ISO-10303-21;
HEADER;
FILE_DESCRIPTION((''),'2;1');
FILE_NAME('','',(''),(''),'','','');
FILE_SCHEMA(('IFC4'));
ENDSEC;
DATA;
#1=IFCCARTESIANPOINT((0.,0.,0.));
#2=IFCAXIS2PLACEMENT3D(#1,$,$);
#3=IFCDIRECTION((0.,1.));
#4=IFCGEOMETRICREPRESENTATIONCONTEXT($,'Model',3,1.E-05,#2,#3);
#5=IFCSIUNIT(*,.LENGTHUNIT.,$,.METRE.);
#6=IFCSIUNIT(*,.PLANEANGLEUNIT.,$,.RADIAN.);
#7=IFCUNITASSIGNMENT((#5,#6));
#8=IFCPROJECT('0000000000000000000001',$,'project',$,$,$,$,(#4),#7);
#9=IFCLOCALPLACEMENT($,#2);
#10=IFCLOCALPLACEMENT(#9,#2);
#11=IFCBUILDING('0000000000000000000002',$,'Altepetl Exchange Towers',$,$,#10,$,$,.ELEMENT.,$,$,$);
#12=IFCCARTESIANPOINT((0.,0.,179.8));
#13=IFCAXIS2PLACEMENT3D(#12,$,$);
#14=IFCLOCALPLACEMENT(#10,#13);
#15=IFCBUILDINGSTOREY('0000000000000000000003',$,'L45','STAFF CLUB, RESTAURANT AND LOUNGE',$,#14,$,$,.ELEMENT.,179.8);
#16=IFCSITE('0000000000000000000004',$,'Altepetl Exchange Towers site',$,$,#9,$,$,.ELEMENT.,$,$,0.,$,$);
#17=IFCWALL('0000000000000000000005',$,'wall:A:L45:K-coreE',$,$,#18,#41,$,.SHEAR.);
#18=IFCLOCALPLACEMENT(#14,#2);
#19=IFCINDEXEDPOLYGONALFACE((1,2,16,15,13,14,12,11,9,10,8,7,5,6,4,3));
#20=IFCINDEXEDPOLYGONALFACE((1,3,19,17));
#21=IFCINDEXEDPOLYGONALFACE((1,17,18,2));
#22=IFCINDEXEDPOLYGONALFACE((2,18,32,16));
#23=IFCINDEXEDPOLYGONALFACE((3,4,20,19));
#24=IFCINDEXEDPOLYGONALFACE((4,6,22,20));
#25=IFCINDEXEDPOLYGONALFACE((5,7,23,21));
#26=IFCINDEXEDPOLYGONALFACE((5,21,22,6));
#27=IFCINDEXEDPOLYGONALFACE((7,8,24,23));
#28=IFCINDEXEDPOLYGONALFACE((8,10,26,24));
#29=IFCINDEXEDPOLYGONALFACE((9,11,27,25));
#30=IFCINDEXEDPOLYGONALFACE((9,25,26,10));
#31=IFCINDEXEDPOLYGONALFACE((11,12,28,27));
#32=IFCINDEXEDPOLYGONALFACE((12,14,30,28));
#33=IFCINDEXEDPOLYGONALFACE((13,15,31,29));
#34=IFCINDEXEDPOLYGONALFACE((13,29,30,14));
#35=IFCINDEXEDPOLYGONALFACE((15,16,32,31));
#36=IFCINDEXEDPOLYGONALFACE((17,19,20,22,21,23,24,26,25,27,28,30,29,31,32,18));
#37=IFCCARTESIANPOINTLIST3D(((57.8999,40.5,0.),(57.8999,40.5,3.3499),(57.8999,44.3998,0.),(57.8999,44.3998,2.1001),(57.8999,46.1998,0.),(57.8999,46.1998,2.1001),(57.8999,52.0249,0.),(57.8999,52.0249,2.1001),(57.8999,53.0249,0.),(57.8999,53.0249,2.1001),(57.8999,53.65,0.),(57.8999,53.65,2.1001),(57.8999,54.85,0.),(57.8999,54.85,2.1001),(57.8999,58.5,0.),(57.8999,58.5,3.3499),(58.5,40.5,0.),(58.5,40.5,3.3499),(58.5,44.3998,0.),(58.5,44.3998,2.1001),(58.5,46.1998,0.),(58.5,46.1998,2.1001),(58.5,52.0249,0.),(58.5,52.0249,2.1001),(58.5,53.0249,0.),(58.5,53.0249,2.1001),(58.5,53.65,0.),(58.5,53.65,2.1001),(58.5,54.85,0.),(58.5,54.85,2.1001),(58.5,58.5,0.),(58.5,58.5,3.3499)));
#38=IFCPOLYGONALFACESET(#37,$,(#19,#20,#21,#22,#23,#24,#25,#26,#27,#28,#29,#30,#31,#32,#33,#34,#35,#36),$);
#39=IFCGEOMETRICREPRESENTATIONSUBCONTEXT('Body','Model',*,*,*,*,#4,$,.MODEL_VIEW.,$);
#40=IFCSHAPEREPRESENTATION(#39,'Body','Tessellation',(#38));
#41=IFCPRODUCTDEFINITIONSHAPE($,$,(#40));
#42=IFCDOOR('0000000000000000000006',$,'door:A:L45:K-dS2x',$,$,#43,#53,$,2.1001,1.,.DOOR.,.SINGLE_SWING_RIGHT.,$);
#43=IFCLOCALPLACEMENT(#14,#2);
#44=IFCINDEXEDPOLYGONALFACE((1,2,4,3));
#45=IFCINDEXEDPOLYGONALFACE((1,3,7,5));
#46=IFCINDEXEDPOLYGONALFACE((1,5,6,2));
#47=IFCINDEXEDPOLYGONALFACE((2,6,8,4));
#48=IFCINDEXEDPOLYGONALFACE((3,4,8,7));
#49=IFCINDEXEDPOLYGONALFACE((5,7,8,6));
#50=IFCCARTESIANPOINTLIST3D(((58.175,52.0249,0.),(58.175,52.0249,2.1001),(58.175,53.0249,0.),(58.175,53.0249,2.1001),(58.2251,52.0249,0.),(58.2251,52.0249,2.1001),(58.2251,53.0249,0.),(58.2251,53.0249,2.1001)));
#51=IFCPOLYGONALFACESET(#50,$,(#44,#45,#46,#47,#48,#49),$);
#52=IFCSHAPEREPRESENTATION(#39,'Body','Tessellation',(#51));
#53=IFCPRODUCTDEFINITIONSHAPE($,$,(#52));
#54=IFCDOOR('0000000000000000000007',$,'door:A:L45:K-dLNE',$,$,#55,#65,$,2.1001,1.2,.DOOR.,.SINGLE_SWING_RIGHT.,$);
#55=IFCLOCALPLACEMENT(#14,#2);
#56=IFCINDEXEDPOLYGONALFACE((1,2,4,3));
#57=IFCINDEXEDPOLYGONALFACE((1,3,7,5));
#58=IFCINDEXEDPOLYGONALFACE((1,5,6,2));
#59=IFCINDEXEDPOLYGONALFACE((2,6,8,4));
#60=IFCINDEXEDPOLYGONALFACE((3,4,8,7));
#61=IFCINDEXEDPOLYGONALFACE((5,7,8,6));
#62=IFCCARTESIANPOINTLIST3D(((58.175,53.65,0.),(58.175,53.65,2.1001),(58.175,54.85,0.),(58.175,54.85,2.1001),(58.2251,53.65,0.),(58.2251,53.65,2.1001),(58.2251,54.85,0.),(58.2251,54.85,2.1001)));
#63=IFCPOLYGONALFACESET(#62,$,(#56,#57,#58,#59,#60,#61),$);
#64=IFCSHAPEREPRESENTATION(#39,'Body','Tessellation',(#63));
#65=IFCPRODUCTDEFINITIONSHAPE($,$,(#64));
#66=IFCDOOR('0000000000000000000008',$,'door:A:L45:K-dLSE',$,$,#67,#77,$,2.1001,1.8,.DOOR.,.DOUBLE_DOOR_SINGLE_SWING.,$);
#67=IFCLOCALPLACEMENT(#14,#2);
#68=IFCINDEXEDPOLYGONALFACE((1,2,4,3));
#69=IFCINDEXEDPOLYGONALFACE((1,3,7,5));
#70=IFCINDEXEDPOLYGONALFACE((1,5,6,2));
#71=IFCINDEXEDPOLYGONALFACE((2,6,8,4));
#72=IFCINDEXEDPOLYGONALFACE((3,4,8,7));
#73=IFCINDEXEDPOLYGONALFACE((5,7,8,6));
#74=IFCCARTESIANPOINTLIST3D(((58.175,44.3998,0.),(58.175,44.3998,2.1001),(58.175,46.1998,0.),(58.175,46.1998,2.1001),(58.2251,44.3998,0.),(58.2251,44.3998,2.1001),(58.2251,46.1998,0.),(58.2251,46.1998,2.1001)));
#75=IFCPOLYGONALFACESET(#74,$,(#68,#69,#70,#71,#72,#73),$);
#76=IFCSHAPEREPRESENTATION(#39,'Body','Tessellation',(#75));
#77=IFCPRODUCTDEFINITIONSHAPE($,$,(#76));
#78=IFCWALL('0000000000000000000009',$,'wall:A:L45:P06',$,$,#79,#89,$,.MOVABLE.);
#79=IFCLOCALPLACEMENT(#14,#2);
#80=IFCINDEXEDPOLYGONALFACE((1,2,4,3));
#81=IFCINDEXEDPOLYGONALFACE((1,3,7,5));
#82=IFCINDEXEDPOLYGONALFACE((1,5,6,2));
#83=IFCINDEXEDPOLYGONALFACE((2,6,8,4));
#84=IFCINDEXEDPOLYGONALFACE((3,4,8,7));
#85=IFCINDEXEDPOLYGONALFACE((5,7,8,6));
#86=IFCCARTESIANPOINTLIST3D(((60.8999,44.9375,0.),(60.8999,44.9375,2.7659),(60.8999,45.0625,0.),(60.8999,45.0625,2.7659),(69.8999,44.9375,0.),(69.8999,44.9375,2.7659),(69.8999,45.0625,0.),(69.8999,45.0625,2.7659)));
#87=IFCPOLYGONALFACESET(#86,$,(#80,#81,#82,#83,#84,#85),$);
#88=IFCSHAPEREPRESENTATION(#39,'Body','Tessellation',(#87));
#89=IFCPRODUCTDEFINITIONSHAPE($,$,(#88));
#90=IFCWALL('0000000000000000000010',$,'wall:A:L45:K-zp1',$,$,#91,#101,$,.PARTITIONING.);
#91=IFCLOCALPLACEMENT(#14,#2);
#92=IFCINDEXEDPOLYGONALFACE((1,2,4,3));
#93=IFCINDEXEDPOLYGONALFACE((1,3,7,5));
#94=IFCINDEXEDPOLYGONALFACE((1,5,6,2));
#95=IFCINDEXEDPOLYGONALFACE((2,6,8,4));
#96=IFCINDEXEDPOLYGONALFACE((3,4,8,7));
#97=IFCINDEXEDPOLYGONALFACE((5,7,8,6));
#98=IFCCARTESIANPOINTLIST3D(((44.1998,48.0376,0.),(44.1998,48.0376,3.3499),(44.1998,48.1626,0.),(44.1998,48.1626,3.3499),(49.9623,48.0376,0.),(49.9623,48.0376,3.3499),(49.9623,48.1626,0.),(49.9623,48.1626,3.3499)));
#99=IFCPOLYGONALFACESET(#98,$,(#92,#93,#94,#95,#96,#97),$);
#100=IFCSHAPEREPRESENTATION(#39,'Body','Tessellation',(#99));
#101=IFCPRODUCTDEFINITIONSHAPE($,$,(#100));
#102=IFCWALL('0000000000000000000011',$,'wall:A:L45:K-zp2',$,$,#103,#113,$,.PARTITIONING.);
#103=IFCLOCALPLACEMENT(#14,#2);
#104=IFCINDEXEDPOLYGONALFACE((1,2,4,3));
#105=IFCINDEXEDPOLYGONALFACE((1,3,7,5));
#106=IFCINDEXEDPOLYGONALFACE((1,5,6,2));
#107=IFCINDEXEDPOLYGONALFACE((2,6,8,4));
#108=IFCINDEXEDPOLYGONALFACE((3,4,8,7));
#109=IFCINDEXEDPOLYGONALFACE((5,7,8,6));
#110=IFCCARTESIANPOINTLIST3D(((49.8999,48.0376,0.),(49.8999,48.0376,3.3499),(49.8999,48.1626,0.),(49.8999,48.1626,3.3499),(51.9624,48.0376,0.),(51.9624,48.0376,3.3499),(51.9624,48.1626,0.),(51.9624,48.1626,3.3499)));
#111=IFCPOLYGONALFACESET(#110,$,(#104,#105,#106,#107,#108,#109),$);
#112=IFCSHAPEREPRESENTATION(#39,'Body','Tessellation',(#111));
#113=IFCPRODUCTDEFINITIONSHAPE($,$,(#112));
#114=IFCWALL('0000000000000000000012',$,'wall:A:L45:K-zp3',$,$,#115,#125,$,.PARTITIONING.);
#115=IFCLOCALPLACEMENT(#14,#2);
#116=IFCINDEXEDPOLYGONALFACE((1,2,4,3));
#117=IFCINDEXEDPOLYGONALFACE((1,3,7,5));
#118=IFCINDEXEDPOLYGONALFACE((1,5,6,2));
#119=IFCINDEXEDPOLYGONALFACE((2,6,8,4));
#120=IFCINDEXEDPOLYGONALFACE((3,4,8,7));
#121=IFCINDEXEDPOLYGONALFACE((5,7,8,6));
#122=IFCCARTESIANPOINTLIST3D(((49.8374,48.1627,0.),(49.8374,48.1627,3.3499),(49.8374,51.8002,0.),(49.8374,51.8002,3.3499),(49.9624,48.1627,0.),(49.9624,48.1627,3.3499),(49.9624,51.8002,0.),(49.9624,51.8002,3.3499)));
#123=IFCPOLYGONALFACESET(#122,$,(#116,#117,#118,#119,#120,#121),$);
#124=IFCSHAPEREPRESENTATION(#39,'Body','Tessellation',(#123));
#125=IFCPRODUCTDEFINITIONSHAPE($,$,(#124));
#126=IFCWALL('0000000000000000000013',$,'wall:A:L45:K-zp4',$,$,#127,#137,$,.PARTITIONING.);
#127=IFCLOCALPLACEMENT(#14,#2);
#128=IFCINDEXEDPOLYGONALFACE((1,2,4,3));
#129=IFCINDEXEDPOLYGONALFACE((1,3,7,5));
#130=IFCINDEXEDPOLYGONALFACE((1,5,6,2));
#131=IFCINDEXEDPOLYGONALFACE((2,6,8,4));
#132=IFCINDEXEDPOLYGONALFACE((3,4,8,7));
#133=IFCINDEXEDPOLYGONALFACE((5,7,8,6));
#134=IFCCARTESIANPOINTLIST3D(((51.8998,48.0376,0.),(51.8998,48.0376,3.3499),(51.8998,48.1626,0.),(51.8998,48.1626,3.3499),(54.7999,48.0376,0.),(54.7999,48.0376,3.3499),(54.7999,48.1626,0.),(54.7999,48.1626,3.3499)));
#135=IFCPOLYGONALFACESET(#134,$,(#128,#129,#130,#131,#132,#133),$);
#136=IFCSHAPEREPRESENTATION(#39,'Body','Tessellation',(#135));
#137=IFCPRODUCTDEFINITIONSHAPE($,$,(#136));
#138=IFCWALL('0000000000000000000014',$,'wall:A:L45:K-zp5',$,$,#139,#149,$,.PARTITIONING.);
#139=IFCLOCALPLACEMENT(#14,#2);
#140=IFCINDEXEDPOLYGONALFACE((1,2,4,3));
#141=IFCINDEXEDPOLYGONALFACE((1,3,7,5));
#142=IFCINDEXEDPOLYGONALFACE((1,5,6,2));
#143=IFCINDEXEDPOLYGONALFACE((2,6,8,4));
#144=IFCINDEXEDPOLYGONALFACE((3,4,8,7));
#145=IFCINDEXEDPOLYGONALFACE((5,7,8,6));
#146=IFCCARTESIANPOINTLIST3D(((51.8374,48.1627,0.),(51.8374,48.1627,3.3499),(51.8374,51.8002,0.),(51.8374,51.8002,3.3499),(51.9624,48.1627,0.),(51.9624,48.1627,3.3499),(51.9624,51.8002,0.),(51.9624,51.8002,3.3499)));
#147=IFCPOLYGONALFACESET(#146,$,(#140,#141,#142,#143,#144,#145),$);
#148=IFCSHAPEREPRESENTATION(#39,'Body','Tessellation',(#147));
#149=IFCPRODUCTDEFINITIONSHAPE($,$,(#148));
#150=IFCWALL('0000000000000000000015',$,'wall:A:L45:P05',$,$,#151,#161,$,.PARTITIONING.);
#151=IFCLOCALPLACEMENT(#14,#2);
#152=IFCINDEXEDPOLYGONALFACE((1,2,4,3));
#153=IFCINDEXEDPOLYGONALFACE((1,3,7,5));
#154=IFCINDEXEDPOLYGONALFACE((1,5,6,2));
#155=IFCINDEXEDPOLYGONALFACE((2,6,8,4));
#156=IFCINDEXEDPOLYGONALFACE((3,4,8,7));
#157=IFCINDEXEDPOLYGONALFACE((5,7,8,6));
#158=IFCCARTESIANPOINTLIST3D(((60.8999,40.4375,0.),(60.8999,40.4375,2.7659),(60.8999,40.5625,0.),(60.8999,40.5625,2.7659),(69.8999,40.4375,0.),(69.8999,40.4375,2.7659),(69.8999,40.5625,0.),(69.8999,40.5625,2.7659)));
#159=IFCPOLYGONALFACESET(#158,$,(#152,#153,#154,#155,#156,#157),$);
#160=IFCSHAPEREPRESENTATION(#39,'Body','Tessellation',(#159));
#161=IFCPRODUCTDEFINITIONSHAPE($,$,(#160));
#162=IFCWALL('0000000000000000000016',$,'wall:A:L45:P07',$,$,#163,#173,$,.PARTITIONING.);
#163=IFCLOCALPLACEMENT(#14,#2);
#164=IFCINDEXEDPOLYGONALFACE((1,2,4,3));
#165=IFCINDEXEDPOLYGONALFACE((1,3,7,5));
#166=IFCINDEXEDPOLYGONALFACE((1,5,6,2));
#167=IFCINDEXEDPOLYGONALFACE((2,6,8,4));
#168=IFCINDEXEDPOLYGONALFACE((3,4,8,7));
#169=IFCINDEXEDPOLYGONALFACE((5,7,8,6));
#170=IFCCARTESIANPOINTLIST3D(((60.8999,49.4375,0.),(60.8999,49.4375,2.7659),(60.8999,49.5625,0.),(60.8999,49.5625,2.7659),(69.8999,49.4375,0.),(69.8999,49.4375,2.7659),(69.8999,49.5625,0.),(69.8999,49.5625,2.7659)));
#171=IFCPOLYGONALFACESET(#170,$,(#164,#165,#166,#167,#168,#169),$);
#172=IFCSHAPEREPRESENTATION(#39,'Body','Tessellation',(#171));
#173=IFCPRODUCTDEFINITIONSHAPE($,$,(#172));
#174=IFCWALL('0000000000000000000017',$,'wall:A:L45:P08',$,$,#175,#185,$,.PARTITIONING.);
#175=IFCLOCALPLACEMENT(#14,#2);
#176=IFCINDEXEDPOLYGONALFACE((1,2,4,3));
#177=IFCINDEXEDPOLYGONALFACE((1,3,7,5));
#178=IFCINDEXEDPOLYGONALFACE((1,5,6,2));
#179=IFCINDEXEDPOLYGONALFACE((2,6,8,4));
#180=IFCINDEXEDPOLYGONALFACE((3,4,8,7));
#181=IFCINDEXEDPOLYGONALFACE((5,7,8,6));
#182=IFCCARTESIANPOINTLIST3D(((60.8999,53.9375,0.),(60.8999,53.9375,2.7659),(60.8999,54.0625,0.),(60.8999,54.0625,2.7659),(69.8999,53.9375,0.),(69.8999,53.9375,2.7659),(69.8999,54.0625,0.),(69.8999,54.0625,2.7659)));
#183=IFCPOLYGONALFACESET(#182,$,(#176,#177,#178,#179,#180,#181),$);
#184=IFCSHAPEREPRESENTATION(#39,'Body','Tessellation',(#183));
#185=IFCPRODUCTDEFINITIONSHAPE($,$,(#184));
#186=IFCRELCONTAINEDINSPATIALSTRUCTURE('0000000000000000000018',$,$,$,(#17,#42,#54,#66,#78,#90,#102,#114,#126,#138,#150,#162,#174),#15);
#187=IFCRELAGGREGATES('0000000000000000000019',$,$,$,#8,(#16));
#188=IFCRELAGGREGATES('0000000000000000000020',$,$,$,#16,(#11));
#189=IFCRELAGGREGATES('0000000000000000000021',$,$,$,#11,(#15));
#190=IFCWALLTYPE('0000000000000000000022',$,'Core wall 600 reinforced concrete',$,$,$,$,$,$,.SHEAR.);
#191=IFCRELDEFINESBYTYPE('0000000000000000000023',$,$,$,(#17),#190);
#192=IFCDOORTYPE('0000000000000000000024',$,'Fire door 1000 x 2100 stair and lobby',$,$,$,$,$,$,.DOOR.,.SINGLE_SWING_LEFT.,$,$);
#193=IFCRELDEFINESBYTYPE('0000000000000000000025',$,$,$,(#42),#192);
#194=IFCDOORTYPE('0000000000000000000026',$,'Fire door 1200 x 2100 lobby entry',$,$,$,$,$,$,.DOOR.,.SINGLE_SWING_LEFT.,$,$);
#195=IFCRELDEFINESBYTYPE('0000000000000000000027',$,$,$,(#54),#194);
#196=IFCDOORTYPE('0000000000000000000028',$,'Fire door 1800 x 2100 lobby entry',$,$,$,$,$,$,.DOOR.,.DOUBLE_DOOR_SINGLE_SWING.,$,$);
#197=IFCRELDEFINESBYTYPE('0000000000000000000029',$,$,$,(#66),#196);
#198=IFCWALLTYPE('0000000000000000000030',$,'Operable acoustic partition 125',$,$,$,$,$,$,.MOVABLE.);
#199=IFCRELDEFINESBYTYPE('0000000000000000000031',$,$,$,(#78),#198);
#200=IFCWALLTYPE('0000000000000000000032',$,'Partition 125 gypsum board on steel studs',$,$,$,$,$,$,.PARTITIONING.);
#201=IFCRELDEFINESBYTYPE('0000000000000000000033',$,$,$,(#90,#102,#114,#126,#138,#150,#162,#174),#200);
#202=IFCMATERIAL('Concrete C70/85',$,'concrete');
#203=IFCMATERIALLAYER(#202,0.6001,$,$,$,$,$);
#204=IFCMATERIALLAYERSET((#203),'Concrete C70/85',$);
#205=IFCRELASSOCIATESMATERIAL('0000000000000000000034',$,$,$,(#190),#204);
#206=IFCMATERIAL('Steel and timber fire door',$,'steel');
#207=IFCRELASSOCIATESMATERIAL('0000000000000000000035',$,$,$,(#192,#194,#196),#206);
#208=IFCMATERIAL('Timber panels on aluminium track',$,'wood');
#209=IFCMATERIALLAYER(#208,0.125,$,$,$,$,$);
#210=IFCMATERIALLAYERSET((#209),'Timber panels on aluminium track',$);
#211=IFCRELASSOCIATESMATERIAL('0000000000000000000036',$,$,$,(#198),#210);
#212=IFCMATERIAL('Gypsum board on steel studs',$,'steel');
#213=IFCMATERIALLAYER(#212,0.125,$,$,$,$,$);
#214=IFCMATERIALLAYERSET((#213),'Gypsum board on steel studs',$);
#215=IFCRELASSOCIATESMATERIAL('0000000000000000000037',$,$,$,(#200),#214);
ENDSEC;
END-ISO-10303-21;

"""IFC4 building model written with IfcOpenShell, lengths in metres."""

from ifc_helpers import new_model, si_unit, direction, frame, frame_2d, origin, place, context, subcontext, project, spatial, rectangle, extrude, material, layer, layer_set, type_object, element, fill, save


model = new_model("IFC4")

# Units and contexts
model_context = context("Model", 3, precision=1e-05, world=origin(), true_north=direction((0.0, 1.0)))
body_context = subcontext(model_context, "Body", "Model", "MODEL_VIEW")
ifc_project = project(units=[si_unit("LENGTHUNIT", "METRE"), si_unit("PLANEANGLEUNIT", "RADIAN")], contexts=[model_context])

# Site, building, storey
site_placement = place(None, origin())
site = spatial("IfcSite", under=ifc_project, at=site_placement, Name="Altepetl Exchange Towers site", CompositionType="ELEMENT", RefElevation=0.0)
building_placement = place(site_placement, origin())
building = spatial("IfcBuilding", under=site, at=building_placement, Name="Altepetl Exchange Towers", CompositionType="ELEMENT")
storey_placement = place(building_placement, frame((0.0, 0.0, 179.8)))
storey = spatial("IfcBuildingStorey", under=building, at=storey_placement, Name="L45", Description="STAFF CLUB, RESTAURANT AND LOUNGE", CompositionType="ELEMENT", Elevation=179.8)

# Wall, openings, doors
ifc_material_1 = material(Name="Concrete C70/85", Category="concrete")
ifc_layer_1 = layer(ifc_material_1, 0.6001)
ifc_layer_set_1 = layer_set([ifc_layer_1], Name="Concrete C70/85")
wall_type_1 = type_object("IfcWallType", Name="Core wall 600 reinforced concrete", PredefinedType="SHEAR", material=ifc_layer_set_1)
wall_1_placement = place(storey_placement, frame((58.2, 40.5, 0.0), z_axis=(0.0, 0.0, 1.0), x_axis=(0.0, 1.0, 0.0)))
wall_1 = element("IfcWall", 1, at=wall_1_placement, inside=storey, type_object=wall_type_1, Name="wall:A:L45:K-coreE", PredefinedType="SHEAR", context=body_context, shape_type="SweptSolid", body=[
    extrude(rectangle(XDim=18.0, YDim=0.6001, at=frame_2d((9.0, 0.0))), origin(), (0.0, 0.0, 1.0), 3.3499),
])
opening_1_placement = place(wall_1_placement, frame((13.1499, 0.0, 0.0)))
opening_1 = element("IfcOpeningElement", 2, at=opening_1_placement, cuts=wall_1, PredefinedType="OPENING", context=body_context, shape_type="SweptSolid", body=[
    extrude(rectangle(XDim=1.2, YDim=2.1001, at=frame_2d((0.6001, 1.05))), frame((0.0, 0.3101, 0.0), z_axis=(0.0, -1.0, 0.0), x_axis=(1.0, 0.0, 0.0)), (0.0, 0.0, 1.0), 0.6201),
])
opening_2_placement = place(wall_1_placement, frame((3.8999, 0.0, 0.0)))
opening_2 = element("IfcOpeningElement", 3, at=opening_2_placement, cuts=wall_1, PredefinedType="OPENING", context=body_context, shape_type="SweptSolid", body=[
    extrude(rectangle(XDim=1.8, YDim=2.1001, at=frame_2d((0.8999, 1.05))), frame((0.0, 0.3101, 0.0), z_axis=(0.0, -1.0, 0.0), x_axis=(1.0, 0.0, 0.0)), (0.0, 0.0, 1.0), 0.6201),
])
opening_3_placement = place(wall_1_placement, frame((11.5249, 0.0, 0.0)))
opening_3 = element("IfcOpeningElement", 4, at=opening_3_placement, cuts=wall_1, PredefinedType="OPENING", context=body_context, shape_type="SweptSolid", body=[
    extrude(rectangle(XDim=1.0, YDim=2.1001, at=frame_2d((0.5, 1.05))), frame((0.0, 0.3101, 0.0), z_axis=(0.0, -1.0, 0.0), x_axis=(1.0, 0.0, 0.0)), (0.0, 0.0, 1.0), 0.6201),
])
ifc_material_2 = material(Name="Steel and timber fire door", Category="steel")
door_type_1 = type_object("IfcDoorType", Name="Fire door 1000 x 2100 stair and lobby", OperationType="SINGLE_SWING_LEFT", PredefinedType="DOOR", material=ifc_material_2)
door_1_placement = place(opening_3_placement, origin())
door_1 = element("IfcDoor", 5, at=door_1_placement, inside=storey, type_object=door_type_1, Name="door:A:L45:K-dS2x", OperationType="SINGLE_SWING_RIGHT", OverallHeight=2.1001, OverallWidth=1.0, PredefinedType="DOOR", context=body_context, shape_type="SweptSolid", body=[
    extrude(rectangle(XDim=1.0, YDim=2.1001, at=frame_2d((0.5, 1.05))), frame((0.0, 0.0249, 0.0), z_axis=(0.0, -1.0, 0.0), x_axis=(1.0, 0.0, 0.0)), (0.0, 0.0, 1.0), 0.05),
])
fill(opening_3, door_1)
door_type_2 = type_object("IfcDoorType", Name="Fire door 1200 x 2100 lobby entry", OperationType="SINGLE_SWING_LEFT", PredefinedType="DOOR", material=ifc_material_2)
door_2_placement = place(opening_1_placement, origin())
door_2 = element("IfcDoor", 6, at=door_2_placement, inside=storey, type_object=door_type_2, Name="door:A:L45:K-dLNE", OperationType="SINGLE_SWING_RIGHT", OverallHeight=2.1001, OverallWidth=1.2, PredefinedType="DOOR", context=body_context, shape_type="SweptSolid", body=[
    extrude(rectangle(XDim=1.2, YDim=2.1001, at=frame_2d((0.6001, 1.05))), frame((0.0, 0.0249, 0.0), z_axis=(0.0, -1.0, 0.0), x_axis=(1.0, 0.0, 0.0)), (0.0, 0.0, 1.0), 0.05),
])
fill(opening_1, door_2)
door_type_3 = type_object("IfcDoorType", Name="Fire door 1800 x 2100 lobby entry", OperationType="DOUBLE_DOOR_SINGLE_SWING", PredefinedType="DOOR", material=ifc_material_2)
door_3_placement = place(opening_2_placement, origin())
door_3 = element("IfcDoor", 7, at=door_3_placement, inside=storey, type_object=door_type_3, Name="door:A:L45:K-dLSE", OperationType="DOUBLE_DOOR_SINGLE_SWING", OverallHeight=2.1001, OverallWidth=1.8, PredefinedType="DOOR", context=body_context, shape_type="SweptSolid", body=[
    extrude(rectangle(XDim=1.8, YDim=2.1001, at=frame_2d((0.8999, 1.05))), frame((0.0, 0.0249, 0.0), z_axis=(0.0, -1.0, 0.0), x_axis=(1.0, 0.0, 0.0)), (0.0, 0.0, 1.0), 0.05),
])
fill(opening_2, door_3)

# Walls
ifc_material_3 = material(Name="Timber panels on aluminium track", Category="wood")
ifc_layer_2 = layer(ifc_material_3, 0.125)
ifc_layer_set_2 = layer_set([ifc_layer_2], Name="Timber panels on aluminium track")
wall_type_2 = type_object("IfcWallType", Name="Operable acoustic partition 125", PredefinedType="MOVABLE", material=ifc_layer_set_2)
wall_2_placement = place(storey_placement, frame((60.8999, 45.0, 0.0)))
element("IfcWall", 8, at=wall_2_placement, inside=storey, type_object=wall_type_2, Name="wall:A:L45:P06", PredefinedType="MOVABLE", context=body_context, shape_type="SweptSolid", body=[
    extrude(rectangle(XDim=9.0, YDim=0.125, at=frame_2d((4.5, 0.0))), origin(), (0.0, 0.0, 1.0), 2.7659),
])
ifc_material_4 = material(Name="Gypsum board on steel studs", Category="steel")
ifc_layer_3 = layer(ifc_material_4, 0.125)
ifc_layer_set_3 = layer_set([ifc_layer_3], Name="Gypsum board on steel studs")
wall_type_3 = type_object("IfcWallType", Name="Partition 125 gypsum board on steel studs", PredefinedType="PARTITIONING", material=ifc_layer_set_3)
wall_3_placement = place(storey_placement, frame((49.9624, 48.1001, 0.0), z_axis=(0.0, 0.0, 1.0), x_axis=(-1.0, 0.0, 0.0)))
element("IfcWall", 9, at=wall_3_placement, inside=storey, type_object=wall_type_3, Name="wall:A:L45:K-zp1", PredefinedType="PARTITIONING", context=body_context, shape_type="SweptSolid", body=[
    extrude(rectangle(XDim=5.7625, YDim=0.125, at=frame_2d((2.8813, 0.0))), origin(), (0.0, 0.0, 1.0), 3.3499),
])
wall_4_placement = place(storey_placement, frame((51.9624, 48.1001, 0.0), z_axis=(0.0, 0.0, 1.0), x_axis=(-1.0, 0.0, 0.0)))
element("IfcWall", 10, at=wall_4_placement, inside=storey, type_object=wall_type_3, Name="wall:A:L45:K-zp2", PredefinedType="PARTITIONING", context=body_context, shape_type="SweptSolid", body=[
    extrude(rectangle(XDim=2.0625, YDim=0.125, at=frame_2d((1.0312, 0.0))), origin(), (0.0, 0.0, 1.0), 3.3499),
])
wall_5_placement = place(storey_placement, frame((49.8999, 48.1626, 0.0), z_axis=(0.0, 0.0, 1.0), x_axis=(0.0, 1.0, 0.0)))
element("IfcWall", 11, at=wall_5_placement, inside=storey, type_object=wall_type_3, Name="wall:A:L45:K-zp3", PredefinedType="PARTITIONING", context=body_context, shape_type="SweptSolid", body=[
    extrude(rectangle(XDim=3.6375, YDim=0.125, at=frame_2d((1.8188, 0.0))), origin(), (0.0, 0.0, 1.0), 3.3499),
])
wall_6_placement = place(storey_placement, frame((54.8, 48.1001, 0.0), z_axis=(0.0, 0.0, 1.0), x_axis=(-1.0, 0.0, 0.0)))
element("IfcWall", 12, at=wall_6_placement, inside=storey, type_object=wall_type_3, Name="wall:A:L45:K-zp4", PredefinedType="PARTITIONING", context=body_context, shape_type="SweptSolid", body=[
    extrude(rectangle(XDim=2.9001, YDim=0.125, at=frame_2d((1.4502, 0.0))), origin(), (0.0, 0.0, 1.0), 3.3499),
])
wall_7_placement = place(storey_placement, frame((51.8999, 48.1626, 0.0), z_axis=(0.0, 0.0, 1.0), x_axis=(0.0, 1.0, 0.0)))
element("IfcWall", 13, at=wall_7_placement, inside=storey, type_object=wall_type_3, Name="wall:A:L45:K-zp5", PredefinedType="PARTITIONING", context=body_context, shape_type="SweptSolid", body=[
    extrude(rectangle(XDim=3.6375, YDim=0.125, at=frame_2d((1.8188, 0.0))), origin(), (0.0, 0.0, 1.0), 3.3499),
])
for number, where, name in (
    (14, (60.8999, 40.5, 0.0), "wall:A:L45:P05"),
    (15, (60.8999, 49.5, 0.0), "wall:A:L45:P07"),
    (16, (60.8999, 54.0, 0.0), "wall:A:L45:P08"),
):
    element("IfcWall", number, at=place(storey_placement, frame(where)), inside=storey, type_object=wall_type_3, Name=name, PredefinedType="PARTITIONING", context=body_context, shape_type="SweptSolid", body=[
        extrude(rectangle(XDim=9.0, YDim=0.125, at=frame_2d((4.5, 0.0))), origin(), (0.0, 0.0, 1.0), 2.7659),
    ])

save(model, "model.ifc")
